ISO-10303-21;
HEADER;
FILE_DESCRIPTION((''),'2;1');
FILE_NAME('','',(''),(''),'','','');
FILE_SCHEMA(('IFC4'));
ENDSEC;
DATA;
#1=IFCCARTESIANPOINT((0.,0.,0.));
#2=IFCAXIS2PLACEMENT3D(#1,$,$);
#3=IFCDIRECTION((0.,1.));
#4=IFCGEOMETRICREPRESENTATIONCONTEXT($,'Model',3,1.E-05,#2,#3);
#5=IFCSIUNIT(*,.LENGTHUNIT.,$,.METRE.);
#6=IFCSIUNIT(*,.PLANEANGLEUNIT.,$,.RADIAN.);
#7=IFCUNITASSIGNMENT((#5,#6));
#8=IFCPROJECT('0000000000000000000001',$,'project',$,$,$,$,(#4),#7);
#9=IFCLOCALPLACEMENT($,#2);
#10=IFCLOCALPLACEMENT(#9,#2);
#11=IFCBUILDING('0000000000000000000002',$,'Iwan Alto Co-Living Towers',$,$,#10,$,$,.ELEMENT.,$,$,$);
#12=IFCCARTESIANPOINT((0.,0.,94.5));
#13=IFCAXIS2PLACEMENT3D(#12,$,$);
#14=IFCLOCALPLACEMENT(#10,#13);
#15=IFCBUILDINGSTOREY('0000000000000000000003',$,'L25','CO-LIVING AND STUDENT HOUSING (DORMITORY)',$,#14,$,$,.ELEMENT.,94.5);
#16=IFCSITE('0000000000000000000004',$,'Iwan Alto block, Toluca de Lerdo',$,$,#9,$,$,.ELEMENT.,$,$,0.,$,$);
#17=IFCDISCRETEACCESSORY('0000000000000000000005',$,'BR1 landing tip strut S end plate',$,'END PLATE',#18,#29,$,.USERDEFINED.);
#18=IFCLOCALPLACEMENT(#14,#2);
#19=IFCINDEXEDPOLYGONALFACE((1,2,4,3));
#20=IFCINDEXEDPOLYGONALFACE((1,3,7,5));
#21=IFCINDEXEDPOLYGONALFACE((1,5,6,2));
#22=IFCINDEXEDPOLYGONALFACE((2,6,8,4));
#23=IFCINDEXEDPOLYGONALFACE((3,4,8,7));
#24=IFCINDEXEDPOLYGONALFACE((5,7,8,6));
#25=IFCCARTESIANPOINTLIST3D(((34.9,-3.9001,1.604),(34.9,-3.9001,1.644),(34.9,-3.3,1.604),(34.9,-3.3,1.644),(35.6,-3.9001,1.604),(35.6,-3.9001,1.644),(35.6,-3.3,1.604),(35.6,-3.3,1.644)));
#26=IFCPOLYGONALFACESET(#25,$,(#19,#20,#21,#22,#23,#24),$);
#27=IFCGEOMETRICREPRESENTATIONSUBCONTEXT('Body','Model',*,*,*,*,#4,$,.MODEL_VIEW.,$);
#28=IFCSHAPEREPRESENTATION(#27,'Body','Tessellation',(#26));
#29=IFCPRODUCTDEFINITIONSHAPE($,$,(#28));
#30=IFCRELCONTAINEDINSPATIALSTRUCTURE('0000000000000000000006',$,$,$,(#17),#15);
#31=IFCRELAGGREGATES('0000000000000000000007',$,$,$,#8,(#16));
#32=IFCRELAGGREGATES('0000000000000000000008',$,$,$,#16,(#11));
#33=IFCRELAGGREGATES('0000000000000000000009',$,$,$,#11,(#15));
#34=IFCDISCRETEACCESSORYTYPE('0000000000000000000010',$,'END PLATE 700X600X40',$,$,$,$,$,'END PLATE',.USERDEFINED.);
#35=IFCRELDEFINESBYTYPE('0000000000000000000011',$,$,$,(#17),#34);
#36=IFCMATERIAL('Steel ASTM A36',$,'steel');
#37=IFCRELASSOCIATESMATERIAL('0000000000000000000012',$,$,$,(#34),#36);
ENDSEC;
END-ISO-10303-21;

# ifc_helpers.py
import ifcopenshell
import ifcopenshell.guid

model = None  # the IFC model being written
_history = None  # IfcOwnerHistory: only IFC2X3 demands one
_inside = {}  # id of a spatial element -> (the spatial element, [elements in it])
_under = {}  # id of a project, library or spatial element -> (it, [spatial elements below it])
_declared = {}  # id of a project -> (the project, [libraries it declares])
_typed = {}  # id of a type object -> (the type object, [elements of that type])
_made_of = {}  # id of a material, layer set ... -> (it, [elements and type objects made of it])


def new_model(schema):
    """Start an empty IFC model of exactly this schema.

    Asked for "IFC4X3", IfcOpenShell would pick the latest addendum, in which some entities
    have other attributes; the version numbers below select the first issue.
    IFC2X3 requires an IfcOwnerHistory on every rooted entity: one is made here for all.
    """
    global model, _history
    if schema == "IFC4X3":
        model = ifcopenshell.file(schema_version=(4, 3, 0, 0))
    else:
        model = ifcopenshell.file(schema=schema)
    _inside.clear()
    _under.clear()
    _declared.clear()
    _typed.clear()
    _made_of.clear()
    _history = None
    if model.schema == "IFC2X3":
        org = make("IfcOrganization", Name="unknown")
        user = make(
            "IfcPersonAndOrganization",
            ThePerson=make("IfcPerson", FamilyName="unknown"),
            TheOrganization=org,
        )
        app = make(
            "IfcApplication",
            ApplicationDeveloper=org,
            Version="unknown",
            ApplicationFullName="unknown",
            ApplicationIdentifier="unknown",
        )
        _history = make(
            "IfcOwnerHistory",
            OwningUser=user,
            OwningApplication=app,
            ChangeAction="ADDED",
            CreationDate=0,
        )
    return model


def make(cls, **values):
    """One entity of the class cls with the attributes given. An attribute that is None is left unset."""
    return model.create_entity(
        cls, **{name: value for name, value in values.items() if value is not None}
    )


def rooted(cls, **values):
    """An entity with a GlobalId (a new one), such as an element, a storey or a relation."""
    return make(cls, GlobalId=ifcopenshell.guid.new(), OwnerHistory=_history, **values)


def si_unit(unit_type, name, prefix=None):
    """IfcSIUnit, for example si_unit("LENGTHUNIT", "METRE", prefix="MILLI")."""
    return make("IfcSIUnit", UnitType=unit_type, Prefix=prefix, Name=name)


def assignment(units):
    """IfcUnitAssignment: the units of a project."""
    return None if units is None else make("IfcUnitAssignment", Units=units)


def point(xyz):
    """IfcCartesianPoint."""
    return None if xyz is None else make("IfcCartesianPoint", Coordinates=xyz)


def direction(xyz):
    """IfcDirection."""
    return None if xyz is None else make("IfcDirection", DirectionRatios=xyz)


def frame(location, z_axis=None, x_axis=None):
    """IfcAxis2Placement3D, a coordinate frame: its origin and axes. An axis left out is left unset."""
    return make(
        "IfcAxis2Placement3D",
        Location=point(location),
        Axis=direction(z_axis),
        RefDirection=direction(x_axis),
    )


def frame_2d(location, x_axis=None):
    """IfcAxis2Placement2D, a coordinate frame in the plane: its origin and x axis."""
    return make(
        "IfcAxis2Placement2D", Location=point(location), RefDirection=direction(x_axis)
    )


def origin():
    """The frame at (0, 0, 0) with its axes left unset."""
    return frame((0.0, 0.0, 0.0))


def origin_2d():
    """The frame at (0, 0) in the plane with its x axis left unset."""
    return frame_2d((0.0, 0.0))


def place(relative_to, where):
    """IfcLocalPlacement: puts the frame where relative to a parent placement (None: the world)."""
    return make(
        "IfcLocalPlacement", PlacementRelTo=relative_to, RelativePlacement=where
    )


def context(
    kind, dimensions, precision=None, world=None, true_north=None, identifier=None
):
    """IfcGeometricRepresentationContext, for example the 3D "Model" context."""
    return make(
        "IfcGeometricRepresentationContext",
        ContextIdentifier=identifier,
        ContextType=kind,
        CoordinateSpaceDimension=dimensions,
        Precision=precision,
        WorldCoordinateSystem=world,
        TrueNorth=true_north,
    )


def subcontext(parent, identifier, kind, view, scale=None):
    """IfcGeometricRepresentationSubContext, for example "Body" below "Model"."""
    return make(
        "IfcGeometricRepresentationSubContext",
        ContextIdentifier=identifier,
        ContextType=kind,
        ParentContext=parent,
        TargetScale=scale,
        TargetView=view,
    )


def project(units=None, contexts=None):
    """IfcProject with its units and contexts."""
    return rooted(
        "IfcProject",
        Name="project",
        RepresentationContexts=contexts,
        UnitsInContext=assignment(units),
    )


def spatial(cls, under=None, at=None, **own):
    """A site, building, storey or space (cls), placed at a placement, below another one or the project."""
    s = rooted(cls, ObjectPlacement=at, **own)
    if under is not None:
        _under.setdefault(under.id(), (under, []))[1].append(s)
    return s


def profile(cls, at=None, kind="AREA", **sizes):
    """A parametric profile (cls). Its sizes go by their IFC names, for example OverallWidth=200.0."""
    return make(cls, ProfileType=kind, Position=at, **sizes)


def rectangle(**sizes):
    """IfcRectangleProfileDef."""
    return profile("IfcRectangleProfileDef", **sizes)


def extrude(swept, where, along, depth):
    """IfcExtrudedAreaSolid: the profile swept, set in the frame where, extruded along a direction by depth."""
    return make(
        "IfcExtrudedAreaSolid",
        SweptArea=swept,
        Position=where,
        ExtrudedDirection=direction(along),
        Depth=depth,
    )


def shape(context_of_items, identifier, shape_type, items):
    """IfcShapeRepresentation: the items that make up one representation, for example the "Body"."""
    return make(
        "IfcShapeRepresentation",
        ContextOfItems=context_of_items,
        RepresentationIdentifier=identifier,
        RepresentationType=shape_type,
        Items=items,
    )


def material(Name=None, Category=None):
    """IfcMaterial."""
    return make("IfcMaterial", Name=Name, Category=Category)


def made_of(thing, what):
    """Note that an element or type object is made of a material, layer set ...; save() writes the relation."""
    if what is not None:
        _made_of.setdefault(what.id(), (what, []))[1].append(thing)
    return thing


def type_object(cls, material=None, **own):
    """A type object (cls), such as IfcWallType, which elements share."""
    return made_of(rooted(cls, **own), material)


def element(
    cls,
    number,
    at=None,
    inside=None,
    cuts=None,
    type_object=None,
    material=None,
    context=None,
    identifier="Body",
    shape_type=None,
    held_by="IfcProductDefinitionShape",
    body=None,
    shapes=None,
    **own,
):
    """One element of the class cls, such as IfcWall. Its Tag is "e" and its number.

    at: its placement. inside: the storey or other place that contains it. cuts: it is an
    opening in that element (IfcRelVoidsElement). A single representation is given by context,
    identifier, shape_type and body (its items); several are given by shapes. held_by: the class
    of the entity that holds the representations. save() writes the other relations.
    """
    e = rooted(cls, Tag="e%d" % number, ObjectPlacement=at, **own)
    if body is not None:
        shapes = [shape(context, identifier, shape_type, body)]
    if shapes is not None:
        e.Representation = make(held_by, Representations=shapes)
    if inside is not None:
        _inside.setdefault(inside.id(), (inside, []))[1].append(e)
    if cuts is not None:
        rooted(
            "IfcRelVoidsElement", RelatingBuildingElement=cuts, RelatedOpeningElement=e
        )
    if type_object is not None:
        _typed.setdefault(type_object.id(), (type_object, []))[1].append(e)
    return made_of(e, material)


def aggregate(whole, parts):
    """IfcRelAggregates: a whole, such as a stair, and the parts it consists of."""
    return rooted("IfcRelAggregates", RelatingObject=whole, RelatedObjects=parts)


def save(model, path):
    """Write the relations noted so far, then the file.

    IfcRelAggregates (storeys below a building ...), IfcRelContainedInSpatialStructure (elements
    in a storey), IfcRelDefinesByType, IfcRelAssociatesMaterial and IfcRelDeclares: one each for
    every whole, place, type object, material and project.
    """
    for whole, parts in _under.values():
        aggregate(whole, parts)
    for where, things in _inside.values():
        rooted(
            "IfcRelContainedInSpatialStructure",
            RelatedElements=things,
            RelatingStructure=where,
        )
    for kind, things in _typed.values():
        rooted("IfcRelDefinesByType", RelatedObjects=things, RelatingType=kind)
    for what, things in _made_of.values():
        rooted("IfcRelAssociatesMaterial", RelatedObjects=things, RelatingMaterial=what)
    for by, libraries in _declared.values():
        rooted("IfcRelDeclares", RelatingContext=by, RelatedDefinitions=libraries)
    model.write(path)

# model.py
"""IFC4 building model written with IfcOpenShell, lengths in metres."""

from ifc_helpers import new_model, si_unit, direction, frame, origin, origin_2d, place, context, subcontext, project, spatial, rectangle, extrude, material, type_object, element, save


model = new_model("IFC4")

# Units and contexts
model_context = context("Model", 3, precision=1e-05, world=origin(), true_north=direction((0.0, 1.0)))
body_context = subcontext(model_context, "Body", "Model", "MODEL_VIEW")
ifc_project = project(units=[si_unit("LENGTHUNIT", "METRE"), si_unit("PLANEANGLEUNIT", "RADIAN")], contexts=[model_context])

# Site, building, storey
site_placement = place(None, origin())
site = spatial("IfcSite", under=ifc_project, at=site_placement, Name="Iwan Alto block, Toluca de Lerdo", CompositionType="ELEMENT", RefElevation=0.0)
building_placement = place(site_placement, origin())
building = spatial("IfcBuilding", under=site, at=building_placement, Name="Iwan Alto Co-Living Towers", CompositionType="ELEMENT")
storey_placement = place(building_placement, frame((0.0, 0.0, 94.5)))
storey = spatial("IfcBuildingStorey", under=building, at=storey_placement, Name="L25", Description="CO-LIVING AND STUDENT HOUSING (DORMITORY)", CompositionType="ELEMENT", Elevation=94.5)

# Discrete accessory
ifc_material_1 = material(Name="Steel ASTM A36", Category="steel")
discrete_accessory_type = type_object("IfcDiscreteAccessoryType", Name="END PLATE 700X600X40", ElementType="END PLATE", PredefinedType="USERDEFINED", material=ifc_material_1)
discrete_accessory_placement = place(storey_placement, frame((35.25, -3.6001, 1.604), z_axis=(0.0, 0.0, 1.0), x_axis=(1.0, 0.0, 0.0)))
element("IfcDiscreteAccessory", 1, at=discrete_accessory_placement, inside=storey, type_object=discrete_accessory_type, Name="BR1 landing tip strut S end plate", ObjectType="END PLATE", PredefinedType="USERDEFINED", context=body_context, shape_type="SweptSolid", body=[
    extrude(rectangle(XDim=0.7, YDim=0.6001, at=origin_2d()), origin(), (0.0, 0.0, 1.0), 0.04),
])

save(model, "model.ifc")
